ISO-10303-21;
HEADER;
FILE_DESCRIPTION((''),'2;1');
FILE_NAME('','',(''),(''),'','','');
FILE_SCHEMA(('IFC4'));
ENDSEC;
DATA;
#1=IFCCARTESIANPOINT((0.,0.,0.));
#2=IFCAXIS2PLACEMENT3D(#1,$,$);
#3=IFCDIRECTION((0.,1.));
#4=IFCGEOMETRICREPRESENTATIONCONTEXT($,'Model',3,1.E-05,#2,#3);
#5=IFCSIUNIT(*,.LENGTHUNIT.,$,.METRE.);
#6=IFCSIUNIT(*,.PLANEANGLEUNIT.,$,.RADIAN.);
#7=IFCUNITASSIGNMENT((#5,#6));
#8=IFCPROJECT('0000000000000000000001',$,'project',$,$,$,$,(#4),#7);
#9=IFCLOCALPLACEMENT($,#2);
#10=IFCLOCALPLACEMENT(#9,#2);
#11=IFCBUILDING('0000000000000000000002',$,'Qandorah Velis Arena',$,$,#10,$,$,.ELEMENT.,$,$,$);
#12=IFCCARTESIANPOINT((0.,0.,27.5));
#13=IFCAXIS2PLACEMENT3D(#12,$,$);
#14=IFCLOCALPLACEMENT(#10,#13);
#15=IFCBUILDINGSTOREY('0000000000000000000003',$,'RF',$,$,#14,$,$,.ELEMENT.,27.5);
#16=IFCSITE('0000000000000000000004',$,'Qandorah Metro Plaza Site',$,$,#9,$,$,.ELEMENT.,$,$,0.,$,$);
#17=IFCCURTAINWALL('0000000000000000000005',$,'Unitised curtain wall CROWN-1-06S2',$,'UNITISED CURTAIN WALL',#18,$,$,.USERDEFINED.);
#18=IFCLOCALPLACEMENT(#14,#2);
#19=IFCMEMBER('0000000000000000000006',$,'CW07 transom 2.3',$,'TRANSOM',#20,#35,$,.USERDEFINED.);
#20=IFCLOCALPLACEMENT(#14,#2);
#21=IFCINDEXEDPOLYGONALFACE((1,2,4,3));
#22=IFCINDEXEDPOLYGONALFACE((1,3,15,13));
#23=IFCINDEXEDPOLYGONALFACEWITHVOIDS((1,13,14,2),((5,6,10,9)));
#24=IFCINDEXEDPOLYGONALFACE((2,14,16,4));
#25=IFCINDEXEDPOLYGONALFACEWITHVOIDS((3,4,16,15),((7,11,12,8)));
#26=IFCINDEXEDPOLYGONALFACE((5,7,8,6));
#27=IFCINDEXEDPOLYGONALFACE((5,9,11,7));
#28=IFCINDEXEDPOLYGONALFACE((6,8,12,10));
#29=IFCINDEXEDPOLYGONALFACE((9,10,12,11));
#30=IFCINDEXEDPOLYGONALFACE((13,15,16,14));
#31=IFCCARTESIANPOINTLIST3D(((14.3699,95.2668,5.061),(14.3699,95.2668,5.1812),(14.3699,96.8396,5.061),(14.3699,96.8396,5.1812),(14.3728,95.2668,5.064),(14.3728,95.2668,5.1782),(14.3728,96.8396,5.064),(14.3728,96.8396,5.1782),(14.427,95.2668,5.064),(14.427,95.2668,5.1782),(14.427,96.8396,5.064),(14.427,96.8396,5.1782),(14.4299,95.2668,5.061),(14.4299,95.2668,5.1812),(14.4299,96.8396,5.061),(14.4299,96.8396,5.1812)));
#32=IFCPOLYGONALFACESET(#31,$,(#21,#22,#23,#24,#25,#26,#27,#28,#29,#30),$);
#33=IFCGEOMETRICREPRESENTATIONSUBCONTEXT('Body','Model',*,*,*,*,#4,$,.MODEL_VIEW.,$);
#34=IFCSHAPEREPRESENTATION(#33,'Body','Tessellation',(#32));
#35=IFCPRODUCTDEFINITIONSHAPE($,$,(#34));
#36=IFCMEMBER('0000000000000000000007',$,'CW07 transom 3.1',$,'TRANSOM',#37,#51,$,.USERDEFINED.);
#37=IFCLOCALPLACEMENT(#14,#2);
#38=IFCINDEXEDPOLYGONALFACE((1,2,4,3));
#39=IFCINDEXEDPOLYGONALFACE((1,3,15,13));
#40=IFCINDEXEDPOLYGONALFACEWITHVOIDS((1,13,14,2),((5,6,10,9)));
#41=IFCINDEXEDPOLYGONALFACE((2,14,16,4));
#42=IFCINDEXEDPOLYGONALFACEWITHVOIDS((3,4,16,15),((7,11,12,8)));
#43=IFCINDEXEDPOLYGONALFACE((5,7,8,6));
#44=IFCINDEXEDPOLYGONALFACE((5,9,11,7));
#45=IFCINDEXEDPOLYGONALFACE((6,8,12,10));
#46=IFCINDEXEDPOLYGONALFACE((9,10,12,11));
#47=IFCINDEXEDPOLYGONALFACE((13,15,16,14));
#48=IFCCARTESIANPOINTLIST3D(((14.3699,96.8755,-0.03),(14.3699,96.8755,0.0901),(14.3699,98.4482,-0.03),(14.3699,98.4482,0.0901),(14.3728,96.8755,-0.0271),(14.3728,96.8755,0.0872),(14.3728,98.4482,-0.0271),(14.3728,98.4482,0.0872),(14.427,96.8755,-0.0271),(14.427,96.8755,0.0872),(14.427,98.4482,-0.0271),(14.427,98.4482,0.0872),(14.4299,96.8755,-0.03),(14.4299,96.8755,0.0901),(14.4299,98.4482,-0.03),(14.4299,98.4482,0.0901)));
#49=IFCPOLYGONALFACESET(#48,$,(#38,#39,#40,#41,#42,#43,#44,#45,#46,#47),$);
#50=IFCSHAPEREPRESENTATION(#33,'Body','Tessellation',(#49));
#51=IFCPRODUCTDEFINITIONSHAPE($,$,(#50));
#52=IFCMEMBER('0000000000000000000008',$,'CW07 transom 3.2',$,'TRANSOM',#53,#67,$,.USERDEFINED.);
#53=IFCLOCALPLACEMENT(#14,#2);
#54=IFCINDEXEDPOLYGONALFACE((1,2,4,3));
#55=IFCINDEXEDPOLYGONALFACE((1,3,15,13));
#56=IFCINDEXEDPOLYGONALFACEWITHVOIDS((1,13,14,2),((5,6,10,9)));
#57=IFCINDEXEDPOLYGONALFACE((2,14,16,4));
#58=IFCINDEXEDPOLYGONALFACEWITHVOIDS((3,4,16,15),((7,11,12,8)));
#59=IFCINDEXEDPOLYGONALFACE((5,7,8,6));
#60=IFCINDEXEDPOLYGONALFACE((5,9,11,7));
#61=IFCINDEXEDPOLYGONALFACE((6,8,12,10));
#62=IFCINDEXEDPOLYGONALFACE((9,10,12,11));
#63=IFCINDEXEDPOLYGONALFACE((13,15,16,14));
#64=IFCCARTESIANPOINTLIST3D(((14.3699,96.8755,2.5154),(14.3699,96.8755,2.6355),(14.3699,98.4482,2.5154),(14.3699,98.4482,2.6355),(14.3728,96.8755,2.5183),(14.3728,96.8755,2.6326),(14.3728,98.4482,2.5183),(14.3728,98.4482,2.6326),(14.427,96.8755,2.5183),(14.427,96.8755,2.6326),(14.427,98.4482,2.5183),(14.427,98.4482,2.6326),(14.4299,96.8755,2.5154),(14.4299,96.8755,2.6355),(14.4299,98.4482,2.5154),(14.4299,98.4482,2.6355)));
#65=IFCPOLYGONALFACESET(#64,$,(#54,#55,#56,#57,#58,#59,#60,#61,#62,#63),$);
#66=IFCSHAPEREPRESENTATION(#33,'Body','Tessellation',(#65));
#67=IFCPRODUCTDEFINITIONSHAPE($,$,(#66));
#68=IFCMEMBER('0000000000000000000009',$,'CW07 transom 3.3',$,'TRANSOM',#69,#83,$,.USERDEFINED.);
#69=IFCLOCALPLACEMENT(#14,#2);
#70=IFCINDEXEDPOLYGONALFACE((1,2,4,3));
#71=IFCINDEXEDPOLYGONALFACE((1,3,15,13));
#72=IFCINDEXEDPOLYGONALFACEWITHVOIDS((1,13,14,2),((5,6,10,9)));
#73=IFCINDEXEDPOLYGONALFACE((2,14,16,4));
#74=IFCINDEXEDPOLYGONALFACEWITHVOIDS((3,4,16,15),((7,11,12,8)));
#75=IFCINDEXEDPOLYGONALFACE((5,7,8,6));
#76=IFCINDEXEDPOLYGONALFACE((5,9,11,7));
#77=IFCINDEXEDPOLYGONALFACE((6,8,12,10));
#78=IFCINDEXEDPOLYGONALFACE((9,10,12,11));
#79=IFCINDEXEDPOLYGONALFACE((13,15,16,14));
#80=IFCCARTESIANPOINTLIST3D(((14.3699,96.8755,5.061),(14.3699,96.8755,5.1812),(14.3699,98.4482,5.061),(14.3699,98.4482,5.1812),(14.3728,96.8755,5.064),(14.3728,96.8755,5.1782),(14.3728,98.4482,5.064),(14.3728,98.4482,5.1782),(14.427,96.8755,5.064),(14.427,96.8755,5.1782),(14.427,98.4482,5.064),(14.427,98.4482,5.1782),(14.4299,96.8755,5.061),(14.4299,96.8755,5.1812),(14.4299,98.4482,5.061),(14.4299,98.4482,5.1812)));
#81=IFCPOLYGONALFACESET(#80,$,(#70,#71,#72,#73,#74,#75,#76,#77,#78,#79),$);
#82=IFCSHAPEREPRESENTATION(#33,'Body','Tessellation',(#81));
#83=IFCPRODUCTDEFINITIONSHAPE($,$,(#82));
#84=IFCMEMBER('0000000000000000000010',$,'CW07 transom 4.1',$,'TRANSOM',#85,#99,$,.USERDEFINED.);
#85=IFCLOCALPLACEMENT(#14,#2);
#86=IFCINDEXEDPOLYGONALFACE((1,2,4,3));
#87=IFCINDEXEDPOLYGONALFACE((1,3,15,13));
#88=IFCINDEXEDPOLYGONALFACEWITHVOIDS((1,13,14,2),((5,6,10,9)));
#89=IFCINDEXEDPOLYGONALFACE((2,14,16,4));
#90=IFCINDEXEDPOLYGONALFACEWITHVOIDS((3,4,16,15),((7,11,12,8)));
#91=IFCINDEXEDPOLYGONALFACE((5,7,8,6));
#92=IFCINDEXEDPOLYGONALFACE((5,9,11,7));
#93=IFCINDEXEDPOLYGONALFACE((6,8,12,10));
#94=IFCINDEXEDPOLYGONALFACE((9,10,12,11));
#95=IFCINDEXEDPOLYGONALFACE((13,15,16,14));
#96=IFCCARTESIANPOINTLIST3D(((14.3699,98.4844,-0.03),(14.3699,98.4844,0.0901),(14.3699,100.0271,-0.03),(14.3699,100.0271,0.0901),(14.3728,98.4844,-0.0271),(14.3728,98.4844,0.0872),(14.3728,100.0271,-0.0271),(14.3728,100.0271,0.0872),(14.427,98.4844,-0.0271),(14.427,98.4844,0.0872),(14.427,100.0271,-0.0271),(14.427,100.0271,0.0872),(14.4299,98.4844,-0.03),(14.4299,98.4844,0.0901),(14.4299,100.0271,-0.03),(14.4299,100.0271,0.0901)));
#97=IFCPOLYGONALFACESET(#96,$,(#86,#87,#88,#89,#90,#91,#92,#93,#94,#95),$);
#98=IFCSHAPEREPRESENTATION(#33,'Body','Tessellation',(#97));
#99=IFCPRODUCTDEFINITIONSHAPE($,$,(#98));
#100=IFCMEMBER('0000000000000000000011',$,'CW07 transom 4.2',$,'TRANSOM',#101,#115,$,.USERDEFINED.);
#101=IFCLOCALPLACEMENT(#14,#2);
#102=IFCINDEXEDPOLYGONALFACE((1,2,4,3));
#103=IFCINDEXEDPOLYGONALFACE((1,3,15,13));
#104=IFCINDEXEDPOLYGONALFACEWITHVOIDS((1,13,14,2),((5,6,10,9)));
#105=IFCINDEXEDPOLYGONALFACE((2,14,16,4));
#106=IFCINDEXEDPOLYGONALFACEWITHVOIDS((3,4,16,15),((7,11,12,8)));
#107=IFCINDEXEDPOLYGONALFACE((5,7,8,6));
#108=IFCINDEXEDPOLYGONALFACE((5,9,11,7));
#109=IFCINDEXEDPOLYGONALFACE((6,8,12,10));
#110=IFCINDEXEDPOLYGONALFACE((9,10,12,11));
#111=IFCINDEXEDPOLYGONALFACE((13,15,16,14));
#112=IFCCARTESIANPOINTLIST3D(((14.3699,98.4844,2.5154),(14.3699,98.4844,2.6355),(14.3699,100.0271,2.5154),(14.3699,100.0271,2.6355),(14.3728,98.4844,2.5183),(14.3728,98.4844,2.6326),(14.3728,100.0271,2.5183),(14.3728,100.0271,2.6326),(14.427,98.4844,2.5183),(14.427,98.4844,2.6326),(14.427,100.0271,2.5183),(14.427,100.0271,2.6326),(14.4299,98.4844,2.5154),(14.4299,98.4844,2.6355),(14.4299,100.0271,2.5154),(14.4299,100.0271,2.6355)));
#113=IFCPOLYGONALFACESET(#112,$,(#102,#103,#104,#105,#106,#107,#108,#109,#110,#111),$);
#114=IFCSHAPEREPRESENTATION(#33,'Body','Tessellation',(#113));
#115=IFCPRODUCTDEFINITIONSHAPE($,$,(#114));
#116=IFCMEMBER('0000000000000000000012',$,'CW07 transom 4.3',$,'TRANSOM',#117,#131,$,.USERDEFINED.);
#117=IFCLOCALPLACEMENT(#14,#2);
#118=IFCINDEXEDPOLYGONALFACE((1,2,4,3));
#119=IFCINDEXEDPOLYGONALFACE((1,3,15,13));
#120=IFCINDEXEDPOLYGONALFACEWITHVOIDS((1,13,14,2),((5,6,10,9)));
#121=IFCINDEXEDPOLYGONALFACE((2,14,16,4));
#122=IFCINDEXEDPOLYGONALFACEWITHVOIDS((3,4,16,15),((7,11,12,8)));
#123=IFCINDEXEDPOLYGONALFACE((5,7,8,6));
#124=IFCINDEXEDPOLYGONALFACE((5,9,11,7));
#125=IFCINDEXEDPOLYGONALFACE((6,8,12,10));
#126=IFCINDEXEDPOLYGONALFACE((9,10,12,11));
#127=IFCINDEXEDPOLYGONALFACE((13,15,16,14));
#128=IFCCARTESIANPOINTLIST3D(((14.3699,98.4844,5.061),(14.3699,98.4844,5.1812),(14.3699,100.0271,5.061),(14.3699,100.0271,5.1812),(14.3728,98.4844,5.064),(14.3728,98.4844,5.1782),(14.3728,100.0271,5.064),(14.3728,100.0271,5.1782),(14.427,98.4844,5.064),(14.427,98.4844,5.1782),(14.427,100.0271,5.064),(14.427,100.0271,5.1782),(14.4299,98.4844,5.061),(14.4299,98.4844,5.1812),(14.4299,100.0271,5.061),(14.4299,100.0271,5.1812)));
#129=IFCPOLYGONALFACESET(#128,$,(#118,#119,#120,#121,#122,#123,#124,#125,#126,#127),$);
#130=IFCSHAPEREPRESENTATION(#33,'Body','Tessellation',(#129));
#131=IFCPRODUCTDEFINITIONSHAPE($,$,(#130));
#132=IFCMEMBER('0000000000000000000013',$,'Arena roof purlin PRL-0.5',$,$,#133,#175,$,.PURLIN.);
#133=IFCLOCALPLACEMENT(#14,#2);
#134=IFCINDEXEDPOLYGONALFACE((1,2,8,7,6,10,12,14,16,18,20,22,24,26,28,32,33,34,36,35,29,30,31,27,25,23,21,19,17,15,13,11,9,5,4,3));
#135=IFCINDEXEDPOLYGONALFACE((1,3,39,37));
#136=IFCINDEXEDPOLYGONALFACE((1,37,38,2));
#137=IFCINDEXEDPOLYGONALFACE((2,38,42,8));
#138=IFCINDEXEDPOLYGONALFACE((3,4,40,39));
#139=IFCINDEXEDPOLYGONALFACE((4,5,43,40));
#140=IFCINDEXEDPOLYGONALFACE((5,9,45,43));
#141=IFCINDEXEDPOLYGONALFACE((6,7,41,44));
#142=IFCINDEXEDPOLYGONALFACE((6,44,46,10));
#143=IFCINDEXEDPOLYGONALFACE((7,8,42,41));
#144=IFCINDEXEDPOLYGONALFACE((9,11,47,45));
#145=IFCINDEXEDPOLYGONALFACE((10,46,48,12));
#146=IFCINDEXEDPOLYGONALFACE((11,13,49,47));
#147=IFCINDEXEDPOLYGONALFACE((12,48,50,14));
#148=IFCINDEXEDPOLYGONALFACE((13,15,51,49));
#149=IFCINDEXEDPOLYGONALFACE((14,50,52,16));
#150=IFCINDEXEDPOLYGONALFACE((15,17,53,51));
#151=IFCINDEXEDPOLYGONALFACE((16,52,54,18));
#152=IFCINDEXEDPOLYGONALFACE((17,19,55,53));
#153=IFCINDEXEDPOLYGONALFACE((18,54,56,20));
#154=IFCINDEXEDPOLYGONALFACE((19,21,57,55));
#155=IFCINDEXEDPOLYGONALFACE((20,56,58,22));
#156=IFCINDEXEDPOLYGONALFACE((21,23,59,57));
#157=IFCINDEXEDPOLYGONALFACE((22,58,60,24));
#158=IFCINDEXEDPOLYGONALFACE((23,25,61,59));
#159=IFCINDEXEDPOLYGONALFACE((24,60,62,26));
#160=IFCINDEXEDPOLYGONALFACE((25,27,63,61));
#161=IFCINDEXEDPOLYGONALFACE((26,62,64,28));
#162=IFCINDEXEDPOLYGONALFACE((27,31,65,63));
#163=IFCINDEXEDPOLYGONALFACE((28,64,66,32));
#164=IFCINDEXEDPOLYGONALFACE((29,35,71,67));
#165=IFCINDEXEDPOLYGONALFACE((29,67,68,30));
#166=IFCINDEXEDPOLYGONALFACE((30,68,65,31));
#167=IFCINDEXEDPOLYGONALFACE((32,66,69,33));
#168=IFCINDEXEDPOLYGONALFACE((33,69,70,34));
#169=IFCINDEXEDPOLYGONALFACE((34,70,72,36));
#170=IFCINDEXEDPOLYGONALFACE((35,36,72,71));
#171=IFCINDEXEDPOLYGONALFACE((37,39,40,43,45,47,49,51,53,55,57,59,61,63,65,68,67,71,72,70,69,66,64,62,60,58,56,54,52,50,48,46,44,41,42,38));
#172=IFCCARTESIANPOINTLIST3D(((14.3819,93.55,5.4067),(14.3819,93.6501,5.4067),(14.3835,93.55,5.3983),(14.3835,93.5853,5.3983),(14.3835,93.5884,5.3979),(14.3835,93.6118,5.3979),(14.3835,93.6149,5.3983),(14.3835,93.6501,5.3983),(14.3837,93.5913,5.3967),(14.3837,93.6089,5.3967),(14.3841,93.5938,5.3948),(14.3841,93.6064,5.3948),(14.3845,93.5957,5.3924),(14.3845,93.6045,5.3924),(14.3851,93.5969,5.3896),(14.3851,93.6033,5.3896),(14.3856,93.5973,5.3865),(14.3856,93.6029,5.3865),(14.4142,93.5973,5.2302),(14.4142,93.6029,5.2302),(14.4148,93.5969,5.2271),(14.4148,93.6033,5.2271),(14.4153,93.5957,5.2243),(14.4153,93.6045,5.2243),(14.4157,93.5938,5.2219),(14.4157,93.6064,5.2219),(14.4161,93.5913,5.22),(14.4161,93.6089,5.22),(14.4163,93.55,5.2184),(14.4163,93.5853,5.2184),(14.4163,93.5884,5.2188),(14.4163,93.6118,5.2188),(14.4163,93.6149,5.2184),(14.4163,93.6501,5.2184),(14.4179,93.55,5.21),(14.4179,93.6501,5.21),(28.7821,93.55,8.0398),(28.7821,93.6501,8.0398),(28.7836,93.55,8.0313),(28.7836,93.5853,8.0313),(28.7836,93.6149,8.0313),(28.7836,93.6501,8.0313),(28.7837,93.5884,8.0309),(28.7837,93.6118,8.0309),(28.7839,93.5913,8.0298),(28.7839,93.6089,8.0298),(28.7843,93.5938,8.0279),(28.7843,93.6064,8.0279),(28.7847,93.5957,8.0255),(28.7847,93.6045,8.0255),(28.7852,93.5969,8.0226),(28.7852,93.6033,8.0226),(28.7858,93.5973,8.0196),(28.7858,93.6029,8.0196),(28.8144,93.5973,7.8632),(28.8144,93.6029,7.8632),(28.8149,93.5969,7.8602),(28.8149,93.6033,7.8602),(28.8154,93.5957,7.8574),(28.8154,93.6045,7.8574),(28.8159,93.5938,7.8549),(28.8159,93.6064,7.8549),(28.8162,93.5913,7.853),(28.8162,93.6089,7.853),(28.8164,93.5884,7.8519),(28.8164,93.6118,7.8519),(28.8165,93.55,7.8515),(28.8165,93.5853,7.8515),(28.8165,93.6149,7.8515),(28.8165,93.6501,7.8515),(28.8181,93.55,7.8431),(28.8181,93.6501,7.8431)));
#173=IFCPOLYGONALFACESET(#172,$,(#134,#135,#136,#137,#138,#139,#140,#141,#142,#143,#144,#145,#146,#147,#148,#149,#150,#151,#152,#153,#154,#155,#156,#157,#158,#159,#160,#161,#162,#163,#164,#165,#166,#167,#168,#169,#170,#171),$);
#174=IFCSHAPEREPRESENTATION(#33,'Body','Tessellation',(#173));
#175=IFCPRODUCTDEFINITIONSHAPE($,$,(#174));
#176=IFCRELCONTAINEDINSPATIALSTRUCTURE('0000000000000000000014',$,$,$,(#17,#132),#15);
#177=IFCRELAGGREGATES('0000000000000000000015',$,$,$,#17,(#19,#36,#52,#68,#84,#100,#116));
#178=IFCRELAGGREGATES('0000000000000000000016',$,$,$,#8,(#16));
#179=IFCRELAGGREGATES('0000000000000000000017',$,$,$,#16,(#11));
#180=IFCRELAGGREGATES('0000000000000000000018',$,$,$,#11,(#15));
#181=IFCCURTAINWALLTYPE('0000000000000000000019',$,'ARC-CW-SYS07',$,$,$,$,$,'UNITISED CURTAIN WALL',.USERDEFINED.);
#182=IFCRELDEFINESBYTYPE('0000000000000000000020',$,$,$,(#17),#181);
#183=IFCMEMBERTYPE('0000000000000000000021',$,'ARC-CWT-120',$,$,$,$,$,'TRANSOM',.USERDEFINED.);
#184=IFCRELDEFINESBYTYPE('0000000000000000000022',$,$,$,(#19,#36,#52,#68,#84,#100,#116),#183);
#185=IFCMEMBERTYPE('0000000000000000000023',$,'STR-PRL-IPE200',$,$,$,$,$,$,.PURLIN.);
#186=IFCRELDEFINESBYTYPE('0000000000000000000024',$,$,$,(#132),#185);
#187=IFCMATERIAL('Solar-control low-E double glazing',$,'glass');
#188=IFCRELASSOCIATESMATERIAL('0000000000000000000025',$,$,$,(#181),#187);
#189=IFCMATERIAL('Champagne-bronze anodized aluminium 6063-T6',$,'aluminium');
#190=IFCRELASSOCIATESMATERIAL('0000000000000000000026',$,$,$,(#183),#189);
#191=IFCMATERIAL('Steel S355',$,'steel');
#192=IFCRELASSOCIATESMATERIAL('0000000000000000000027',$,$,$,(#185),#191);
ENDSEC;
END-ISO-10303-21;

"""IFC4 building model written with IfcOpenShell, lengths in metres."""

from ifc_helpers import new_model, si_unit, direction, frame, origin, origin_2d, place, context, subcontext, project, spatial, hollow_rectangle, i_section, extrude, material, material_profile, profile_set, type_object, element, aggregate, save


model = new_model("IFC4")

# Units and contexts
model_context = context("Model", 3, precision=1e-05, world=origin(), true_north=direction((0.0, 1.0)))
body_context = subcontext(model_context, "Body", "Model", "MODEL_VIEW")
ifc_project = project(units=[si_unit("LENGTHUNIT", "METRE"), si_unit("PLANEANGLEUNIT", "RADIAN")], contexts=[model_context])

# Site, building, storey
site_placement = place(None, origin())
site = spatial("IfcSite", under=ifc_project, at=site_placement, Name="Qandorah Metro Plaza Site", CompositionType="ELEMENT", RefElevation=0.0)
building_placement = place(site_placement, origin())
building = spatial("IfcBuilding", under=site, at=building_placement, Name="Qandorah Velis Arena", CompositionType="ELEMENT")
storey_placement = place(building_placement, frame((0.0, 0.0, 27.5)))
storey = spatial("IfcBuildingStorey", under=building, at=storey_placement, Name="RF", CompositionType="ELEMENT", Elevation=27.5)

# Shared definitions
ifc_material_1 = material(Name="Solar-control low-E double glazing", Category="glass")
ifc_material_2 = material(Name="Champagne-bronze anodized aluminium 6063-T6", Category="aluminium")

# Curtain wall, members
curtain_wall_type_1 = type_object("IfcCurtainWallType", Name="ARC-CW-SYS07", ElementType="UNITISED CURTAIN WALL", PredefinedType="USERDEFINED", material=ifc_material_1)
curtain_wall_1_placement = place(storey_placement, origin())
curtain_wall_1 = element("IfcCurtainWall", 1, at=curtain_wall_1_placement, inside=storey, type_object=curtain_wall_type_1, Name="Unitised curtain wall CROWN-1-06S2", ObjectType="UNITISED CURTAIN WALL", PredefinedType="USERDEFINED")
ifc_material_profile_1 = material_profile(ifc_material_2, hollow_rectangle(XDim=0.0601, YDim=0.1201, WallThickness=0.0029, at=origin_2d()), Name="ALU TRANSOM 60x120")
ifc_profile_set_1 = profile_set([ifc_material_profile_1], Name="Champagne-bronze anodized aluminium 6063-T6")
member_type_1 = type_object("IfcMemberType", Name="ARC-CWT-120", ElementType="TRANSOM", PredefinedType="USERDEFINED", material=ifc_profile_set_1)
member_1_placement = place(storey_placement, frame((14.3999, 95.2668, 5.1211), z_axis=(0.0, 1.0, 0.0), x_axis=(-1.0, 0.0, 0.0)))
member_1 = element("IfcMember", 2, at=member_1_placement, type_object=member_type_1, Name="CW07 transom 2.3", ObjectType="TRANSOM", PredefinedType="USERDEFINED", context=body_context, shape_type="SweptSolid", body=[
    extrude(hollow_rectangle(XDim=0.0601, YDim=0.1201, WallThickness=0.0029, at=origin_2d()), origin(), (0.0, 0.0, 1.0), 1.5728),
])
member_2_placement = place(storey_placement, frame((14.3999, 96.8755, 0.03), z_axis=(0.0, 1.0, 0.0), x_axis=(-1.0, 0.0, 0.0)))
member_2 = element("IfcMember", 3, at=member_2_placement, type_object=member_type_1, Name="CW07 transom 3.1", ObjectType="TRANSOM", PredefinedType="USERDEFINED", context=body_context, shape_type="SweptSolid", body=[
    extrude(hollow_rectangle(XDim=0.0601, YDim=0.1201, WallThickness=0.0029, at=origin_2d()), origin(), (0.0, 0.0, 1.0), 1.5728),
])
member_3_placement = place(storey_placement, frame((14.3999, 96.8755, 2.5754), z_axis=(0.0, 1.0, 0.0), x_axis=(-1.0, 0.0, 0.0)))
member_3 = element("IfcMember", 4, at=member_3_placement, type_object=member_type_1, Name="CW07 transom 3.2", ObjectType="TRANSOM", PredefinedType="USERDEFINED", context=body_context, shape_type="SweptSolid", body=[
    extrude(hollow_rectangle(XDim=0.0601, YDim=0.1201, WallThickness=0.0029, at=origin_2d()), origin(), (0.0, 0.0, 1.0), 1.5728),
])
member_4_placement = place(storey_placement, frame((14.3999, 96.8755, 5.1211), z_axis=(0.0, 1.0, 0.0), x_axis=(-1.0, 0.0, 0.0)))
member_4 = element("IfcMember", 5, at=member_4_placement, type_object=member_type_1, Name="CW07 transom 3.3", ObjectType="TRANSOM", PredefinedType="USERDEFINED", context=body_context, shape_type="SweptSolid", body=[
    extrude(hollow_rectangle(XDim=0.0601, YDim=0.1201, WallThickness=0.0029, at=origin_2d()), origin(), (0.0, 0.0, 1.0), 1.5728),
])
member_5_placement = place(storey_placement, frame((14.3999, 98.4844, 0.03), z_axis=(0.0, 1.0, 0.0), x_axis=(-1.0, 0.0, 0.0)))
member_5 = element("IfcMember", 6, at=member_5_placement, type_object=member_type_1, Name="CW07 transom 4.1", ObjectType="TRANSOM", PredefinedType="USERDEFINED", context=body_context, shape_type="SweptSolid", body=[
    extrude(hollow_rectangle(XDim=0.0601, YDim=0.1201, WallThickness=0.0029, at=origin_2d()), origin(), (0.0, 0.0, 1.0), 1.5427),
])
member_6_placement = place(storey_placement, frame((14.3999, 98.4844, 2.5754), z_axis=(0.0, 1.0, 0.0), x_axis=(-1.0, 0.0, 0.0)))
member_6 = element("IfcMember", 7, at=member_6_placement, type_object=member_type_1, Name="CW07 transom 4.2", ObjectType="TRANSOM", PredefinedType="USERDEFINED", context=body_context, shape_type="SweptSolid", body=[
    extrude(hollow_rectangle(XDim=0.0601, YDim=0.1201, WallThickness=0.0029, at=origin_2d()), origin(), (0.0, 0.0, 1.0), 1.5427),
])
member_7_placement = place(storey_placement, frame((14.3999, 98.4844, 5.1211), z_axis=(0.0, 1.0, 0.0), x_axis=(-1.0, 0.0, 0.0)))
member_7 = element("IfcMember", 8, at=member_7_placement, type_object=member_type_1, Name="CW07 transom 4.3", ObjectType="TRANSOM", PredefinedType="USERDEFINED", context=body_context, shape_type="SweptSolid", body=[
    extrude(hollow_rectangle(XDim=0.0601, YDim=0.1201, WallThickness=0.0029, at=origin_2d()), origin(), (0.0, 0.0, 1.0), 1.5427),
])

# Member
ifc_material_3 = material(Name="Steel S355", Category="steel")
ifc_material_profile_2 = material_profile(ifc_material_3, i_section(OverallWidth=0.1001, OverallDepth=0.2, WebThickness=0.0056, FlangeThickness=0.0085, FilletRadius=0.012, at=origin_2d()), Name="IPE 200")
ifc_profile_set_2 = profile_set([ifc_material_profile_2], Name="Steel S355")
member_type_2 = type_object("IfcMemberType", Name="STR-PRL-IPE200", PredefinedType="PURLIN", material=ifc_profile_set_2)
member_8_placement = place(storey_placement, frame((14.3999, 93.6001, 5.3083), z_axis=(0.983691, 0.0, 0.179867), x_axis=(0.0, 1.0, 0.0)))
element("IfcMember", 9, at=member_8_placement, inside=storey, type_object=member_type_2, Name="Arena roof purlin PRL-0.5", PredefinedType="PURLIN", context=body_context, shape_type="SweptSolid", body=[
    extrude(i_section(OverallWidth=0.1001, OverallDepth=0.2, WebThickness=0.0056, FlangeThickness=0.0085, FilletRadius=0.012, at=origin_2d()), origin(), (0.0, 0.0, 1.0), 14.6389),
])

aggregate(curtain_wall_1, [member_1, member_2, member_3, member_4, member_5, member_6, member_7])

save(model, "model.ifc")
